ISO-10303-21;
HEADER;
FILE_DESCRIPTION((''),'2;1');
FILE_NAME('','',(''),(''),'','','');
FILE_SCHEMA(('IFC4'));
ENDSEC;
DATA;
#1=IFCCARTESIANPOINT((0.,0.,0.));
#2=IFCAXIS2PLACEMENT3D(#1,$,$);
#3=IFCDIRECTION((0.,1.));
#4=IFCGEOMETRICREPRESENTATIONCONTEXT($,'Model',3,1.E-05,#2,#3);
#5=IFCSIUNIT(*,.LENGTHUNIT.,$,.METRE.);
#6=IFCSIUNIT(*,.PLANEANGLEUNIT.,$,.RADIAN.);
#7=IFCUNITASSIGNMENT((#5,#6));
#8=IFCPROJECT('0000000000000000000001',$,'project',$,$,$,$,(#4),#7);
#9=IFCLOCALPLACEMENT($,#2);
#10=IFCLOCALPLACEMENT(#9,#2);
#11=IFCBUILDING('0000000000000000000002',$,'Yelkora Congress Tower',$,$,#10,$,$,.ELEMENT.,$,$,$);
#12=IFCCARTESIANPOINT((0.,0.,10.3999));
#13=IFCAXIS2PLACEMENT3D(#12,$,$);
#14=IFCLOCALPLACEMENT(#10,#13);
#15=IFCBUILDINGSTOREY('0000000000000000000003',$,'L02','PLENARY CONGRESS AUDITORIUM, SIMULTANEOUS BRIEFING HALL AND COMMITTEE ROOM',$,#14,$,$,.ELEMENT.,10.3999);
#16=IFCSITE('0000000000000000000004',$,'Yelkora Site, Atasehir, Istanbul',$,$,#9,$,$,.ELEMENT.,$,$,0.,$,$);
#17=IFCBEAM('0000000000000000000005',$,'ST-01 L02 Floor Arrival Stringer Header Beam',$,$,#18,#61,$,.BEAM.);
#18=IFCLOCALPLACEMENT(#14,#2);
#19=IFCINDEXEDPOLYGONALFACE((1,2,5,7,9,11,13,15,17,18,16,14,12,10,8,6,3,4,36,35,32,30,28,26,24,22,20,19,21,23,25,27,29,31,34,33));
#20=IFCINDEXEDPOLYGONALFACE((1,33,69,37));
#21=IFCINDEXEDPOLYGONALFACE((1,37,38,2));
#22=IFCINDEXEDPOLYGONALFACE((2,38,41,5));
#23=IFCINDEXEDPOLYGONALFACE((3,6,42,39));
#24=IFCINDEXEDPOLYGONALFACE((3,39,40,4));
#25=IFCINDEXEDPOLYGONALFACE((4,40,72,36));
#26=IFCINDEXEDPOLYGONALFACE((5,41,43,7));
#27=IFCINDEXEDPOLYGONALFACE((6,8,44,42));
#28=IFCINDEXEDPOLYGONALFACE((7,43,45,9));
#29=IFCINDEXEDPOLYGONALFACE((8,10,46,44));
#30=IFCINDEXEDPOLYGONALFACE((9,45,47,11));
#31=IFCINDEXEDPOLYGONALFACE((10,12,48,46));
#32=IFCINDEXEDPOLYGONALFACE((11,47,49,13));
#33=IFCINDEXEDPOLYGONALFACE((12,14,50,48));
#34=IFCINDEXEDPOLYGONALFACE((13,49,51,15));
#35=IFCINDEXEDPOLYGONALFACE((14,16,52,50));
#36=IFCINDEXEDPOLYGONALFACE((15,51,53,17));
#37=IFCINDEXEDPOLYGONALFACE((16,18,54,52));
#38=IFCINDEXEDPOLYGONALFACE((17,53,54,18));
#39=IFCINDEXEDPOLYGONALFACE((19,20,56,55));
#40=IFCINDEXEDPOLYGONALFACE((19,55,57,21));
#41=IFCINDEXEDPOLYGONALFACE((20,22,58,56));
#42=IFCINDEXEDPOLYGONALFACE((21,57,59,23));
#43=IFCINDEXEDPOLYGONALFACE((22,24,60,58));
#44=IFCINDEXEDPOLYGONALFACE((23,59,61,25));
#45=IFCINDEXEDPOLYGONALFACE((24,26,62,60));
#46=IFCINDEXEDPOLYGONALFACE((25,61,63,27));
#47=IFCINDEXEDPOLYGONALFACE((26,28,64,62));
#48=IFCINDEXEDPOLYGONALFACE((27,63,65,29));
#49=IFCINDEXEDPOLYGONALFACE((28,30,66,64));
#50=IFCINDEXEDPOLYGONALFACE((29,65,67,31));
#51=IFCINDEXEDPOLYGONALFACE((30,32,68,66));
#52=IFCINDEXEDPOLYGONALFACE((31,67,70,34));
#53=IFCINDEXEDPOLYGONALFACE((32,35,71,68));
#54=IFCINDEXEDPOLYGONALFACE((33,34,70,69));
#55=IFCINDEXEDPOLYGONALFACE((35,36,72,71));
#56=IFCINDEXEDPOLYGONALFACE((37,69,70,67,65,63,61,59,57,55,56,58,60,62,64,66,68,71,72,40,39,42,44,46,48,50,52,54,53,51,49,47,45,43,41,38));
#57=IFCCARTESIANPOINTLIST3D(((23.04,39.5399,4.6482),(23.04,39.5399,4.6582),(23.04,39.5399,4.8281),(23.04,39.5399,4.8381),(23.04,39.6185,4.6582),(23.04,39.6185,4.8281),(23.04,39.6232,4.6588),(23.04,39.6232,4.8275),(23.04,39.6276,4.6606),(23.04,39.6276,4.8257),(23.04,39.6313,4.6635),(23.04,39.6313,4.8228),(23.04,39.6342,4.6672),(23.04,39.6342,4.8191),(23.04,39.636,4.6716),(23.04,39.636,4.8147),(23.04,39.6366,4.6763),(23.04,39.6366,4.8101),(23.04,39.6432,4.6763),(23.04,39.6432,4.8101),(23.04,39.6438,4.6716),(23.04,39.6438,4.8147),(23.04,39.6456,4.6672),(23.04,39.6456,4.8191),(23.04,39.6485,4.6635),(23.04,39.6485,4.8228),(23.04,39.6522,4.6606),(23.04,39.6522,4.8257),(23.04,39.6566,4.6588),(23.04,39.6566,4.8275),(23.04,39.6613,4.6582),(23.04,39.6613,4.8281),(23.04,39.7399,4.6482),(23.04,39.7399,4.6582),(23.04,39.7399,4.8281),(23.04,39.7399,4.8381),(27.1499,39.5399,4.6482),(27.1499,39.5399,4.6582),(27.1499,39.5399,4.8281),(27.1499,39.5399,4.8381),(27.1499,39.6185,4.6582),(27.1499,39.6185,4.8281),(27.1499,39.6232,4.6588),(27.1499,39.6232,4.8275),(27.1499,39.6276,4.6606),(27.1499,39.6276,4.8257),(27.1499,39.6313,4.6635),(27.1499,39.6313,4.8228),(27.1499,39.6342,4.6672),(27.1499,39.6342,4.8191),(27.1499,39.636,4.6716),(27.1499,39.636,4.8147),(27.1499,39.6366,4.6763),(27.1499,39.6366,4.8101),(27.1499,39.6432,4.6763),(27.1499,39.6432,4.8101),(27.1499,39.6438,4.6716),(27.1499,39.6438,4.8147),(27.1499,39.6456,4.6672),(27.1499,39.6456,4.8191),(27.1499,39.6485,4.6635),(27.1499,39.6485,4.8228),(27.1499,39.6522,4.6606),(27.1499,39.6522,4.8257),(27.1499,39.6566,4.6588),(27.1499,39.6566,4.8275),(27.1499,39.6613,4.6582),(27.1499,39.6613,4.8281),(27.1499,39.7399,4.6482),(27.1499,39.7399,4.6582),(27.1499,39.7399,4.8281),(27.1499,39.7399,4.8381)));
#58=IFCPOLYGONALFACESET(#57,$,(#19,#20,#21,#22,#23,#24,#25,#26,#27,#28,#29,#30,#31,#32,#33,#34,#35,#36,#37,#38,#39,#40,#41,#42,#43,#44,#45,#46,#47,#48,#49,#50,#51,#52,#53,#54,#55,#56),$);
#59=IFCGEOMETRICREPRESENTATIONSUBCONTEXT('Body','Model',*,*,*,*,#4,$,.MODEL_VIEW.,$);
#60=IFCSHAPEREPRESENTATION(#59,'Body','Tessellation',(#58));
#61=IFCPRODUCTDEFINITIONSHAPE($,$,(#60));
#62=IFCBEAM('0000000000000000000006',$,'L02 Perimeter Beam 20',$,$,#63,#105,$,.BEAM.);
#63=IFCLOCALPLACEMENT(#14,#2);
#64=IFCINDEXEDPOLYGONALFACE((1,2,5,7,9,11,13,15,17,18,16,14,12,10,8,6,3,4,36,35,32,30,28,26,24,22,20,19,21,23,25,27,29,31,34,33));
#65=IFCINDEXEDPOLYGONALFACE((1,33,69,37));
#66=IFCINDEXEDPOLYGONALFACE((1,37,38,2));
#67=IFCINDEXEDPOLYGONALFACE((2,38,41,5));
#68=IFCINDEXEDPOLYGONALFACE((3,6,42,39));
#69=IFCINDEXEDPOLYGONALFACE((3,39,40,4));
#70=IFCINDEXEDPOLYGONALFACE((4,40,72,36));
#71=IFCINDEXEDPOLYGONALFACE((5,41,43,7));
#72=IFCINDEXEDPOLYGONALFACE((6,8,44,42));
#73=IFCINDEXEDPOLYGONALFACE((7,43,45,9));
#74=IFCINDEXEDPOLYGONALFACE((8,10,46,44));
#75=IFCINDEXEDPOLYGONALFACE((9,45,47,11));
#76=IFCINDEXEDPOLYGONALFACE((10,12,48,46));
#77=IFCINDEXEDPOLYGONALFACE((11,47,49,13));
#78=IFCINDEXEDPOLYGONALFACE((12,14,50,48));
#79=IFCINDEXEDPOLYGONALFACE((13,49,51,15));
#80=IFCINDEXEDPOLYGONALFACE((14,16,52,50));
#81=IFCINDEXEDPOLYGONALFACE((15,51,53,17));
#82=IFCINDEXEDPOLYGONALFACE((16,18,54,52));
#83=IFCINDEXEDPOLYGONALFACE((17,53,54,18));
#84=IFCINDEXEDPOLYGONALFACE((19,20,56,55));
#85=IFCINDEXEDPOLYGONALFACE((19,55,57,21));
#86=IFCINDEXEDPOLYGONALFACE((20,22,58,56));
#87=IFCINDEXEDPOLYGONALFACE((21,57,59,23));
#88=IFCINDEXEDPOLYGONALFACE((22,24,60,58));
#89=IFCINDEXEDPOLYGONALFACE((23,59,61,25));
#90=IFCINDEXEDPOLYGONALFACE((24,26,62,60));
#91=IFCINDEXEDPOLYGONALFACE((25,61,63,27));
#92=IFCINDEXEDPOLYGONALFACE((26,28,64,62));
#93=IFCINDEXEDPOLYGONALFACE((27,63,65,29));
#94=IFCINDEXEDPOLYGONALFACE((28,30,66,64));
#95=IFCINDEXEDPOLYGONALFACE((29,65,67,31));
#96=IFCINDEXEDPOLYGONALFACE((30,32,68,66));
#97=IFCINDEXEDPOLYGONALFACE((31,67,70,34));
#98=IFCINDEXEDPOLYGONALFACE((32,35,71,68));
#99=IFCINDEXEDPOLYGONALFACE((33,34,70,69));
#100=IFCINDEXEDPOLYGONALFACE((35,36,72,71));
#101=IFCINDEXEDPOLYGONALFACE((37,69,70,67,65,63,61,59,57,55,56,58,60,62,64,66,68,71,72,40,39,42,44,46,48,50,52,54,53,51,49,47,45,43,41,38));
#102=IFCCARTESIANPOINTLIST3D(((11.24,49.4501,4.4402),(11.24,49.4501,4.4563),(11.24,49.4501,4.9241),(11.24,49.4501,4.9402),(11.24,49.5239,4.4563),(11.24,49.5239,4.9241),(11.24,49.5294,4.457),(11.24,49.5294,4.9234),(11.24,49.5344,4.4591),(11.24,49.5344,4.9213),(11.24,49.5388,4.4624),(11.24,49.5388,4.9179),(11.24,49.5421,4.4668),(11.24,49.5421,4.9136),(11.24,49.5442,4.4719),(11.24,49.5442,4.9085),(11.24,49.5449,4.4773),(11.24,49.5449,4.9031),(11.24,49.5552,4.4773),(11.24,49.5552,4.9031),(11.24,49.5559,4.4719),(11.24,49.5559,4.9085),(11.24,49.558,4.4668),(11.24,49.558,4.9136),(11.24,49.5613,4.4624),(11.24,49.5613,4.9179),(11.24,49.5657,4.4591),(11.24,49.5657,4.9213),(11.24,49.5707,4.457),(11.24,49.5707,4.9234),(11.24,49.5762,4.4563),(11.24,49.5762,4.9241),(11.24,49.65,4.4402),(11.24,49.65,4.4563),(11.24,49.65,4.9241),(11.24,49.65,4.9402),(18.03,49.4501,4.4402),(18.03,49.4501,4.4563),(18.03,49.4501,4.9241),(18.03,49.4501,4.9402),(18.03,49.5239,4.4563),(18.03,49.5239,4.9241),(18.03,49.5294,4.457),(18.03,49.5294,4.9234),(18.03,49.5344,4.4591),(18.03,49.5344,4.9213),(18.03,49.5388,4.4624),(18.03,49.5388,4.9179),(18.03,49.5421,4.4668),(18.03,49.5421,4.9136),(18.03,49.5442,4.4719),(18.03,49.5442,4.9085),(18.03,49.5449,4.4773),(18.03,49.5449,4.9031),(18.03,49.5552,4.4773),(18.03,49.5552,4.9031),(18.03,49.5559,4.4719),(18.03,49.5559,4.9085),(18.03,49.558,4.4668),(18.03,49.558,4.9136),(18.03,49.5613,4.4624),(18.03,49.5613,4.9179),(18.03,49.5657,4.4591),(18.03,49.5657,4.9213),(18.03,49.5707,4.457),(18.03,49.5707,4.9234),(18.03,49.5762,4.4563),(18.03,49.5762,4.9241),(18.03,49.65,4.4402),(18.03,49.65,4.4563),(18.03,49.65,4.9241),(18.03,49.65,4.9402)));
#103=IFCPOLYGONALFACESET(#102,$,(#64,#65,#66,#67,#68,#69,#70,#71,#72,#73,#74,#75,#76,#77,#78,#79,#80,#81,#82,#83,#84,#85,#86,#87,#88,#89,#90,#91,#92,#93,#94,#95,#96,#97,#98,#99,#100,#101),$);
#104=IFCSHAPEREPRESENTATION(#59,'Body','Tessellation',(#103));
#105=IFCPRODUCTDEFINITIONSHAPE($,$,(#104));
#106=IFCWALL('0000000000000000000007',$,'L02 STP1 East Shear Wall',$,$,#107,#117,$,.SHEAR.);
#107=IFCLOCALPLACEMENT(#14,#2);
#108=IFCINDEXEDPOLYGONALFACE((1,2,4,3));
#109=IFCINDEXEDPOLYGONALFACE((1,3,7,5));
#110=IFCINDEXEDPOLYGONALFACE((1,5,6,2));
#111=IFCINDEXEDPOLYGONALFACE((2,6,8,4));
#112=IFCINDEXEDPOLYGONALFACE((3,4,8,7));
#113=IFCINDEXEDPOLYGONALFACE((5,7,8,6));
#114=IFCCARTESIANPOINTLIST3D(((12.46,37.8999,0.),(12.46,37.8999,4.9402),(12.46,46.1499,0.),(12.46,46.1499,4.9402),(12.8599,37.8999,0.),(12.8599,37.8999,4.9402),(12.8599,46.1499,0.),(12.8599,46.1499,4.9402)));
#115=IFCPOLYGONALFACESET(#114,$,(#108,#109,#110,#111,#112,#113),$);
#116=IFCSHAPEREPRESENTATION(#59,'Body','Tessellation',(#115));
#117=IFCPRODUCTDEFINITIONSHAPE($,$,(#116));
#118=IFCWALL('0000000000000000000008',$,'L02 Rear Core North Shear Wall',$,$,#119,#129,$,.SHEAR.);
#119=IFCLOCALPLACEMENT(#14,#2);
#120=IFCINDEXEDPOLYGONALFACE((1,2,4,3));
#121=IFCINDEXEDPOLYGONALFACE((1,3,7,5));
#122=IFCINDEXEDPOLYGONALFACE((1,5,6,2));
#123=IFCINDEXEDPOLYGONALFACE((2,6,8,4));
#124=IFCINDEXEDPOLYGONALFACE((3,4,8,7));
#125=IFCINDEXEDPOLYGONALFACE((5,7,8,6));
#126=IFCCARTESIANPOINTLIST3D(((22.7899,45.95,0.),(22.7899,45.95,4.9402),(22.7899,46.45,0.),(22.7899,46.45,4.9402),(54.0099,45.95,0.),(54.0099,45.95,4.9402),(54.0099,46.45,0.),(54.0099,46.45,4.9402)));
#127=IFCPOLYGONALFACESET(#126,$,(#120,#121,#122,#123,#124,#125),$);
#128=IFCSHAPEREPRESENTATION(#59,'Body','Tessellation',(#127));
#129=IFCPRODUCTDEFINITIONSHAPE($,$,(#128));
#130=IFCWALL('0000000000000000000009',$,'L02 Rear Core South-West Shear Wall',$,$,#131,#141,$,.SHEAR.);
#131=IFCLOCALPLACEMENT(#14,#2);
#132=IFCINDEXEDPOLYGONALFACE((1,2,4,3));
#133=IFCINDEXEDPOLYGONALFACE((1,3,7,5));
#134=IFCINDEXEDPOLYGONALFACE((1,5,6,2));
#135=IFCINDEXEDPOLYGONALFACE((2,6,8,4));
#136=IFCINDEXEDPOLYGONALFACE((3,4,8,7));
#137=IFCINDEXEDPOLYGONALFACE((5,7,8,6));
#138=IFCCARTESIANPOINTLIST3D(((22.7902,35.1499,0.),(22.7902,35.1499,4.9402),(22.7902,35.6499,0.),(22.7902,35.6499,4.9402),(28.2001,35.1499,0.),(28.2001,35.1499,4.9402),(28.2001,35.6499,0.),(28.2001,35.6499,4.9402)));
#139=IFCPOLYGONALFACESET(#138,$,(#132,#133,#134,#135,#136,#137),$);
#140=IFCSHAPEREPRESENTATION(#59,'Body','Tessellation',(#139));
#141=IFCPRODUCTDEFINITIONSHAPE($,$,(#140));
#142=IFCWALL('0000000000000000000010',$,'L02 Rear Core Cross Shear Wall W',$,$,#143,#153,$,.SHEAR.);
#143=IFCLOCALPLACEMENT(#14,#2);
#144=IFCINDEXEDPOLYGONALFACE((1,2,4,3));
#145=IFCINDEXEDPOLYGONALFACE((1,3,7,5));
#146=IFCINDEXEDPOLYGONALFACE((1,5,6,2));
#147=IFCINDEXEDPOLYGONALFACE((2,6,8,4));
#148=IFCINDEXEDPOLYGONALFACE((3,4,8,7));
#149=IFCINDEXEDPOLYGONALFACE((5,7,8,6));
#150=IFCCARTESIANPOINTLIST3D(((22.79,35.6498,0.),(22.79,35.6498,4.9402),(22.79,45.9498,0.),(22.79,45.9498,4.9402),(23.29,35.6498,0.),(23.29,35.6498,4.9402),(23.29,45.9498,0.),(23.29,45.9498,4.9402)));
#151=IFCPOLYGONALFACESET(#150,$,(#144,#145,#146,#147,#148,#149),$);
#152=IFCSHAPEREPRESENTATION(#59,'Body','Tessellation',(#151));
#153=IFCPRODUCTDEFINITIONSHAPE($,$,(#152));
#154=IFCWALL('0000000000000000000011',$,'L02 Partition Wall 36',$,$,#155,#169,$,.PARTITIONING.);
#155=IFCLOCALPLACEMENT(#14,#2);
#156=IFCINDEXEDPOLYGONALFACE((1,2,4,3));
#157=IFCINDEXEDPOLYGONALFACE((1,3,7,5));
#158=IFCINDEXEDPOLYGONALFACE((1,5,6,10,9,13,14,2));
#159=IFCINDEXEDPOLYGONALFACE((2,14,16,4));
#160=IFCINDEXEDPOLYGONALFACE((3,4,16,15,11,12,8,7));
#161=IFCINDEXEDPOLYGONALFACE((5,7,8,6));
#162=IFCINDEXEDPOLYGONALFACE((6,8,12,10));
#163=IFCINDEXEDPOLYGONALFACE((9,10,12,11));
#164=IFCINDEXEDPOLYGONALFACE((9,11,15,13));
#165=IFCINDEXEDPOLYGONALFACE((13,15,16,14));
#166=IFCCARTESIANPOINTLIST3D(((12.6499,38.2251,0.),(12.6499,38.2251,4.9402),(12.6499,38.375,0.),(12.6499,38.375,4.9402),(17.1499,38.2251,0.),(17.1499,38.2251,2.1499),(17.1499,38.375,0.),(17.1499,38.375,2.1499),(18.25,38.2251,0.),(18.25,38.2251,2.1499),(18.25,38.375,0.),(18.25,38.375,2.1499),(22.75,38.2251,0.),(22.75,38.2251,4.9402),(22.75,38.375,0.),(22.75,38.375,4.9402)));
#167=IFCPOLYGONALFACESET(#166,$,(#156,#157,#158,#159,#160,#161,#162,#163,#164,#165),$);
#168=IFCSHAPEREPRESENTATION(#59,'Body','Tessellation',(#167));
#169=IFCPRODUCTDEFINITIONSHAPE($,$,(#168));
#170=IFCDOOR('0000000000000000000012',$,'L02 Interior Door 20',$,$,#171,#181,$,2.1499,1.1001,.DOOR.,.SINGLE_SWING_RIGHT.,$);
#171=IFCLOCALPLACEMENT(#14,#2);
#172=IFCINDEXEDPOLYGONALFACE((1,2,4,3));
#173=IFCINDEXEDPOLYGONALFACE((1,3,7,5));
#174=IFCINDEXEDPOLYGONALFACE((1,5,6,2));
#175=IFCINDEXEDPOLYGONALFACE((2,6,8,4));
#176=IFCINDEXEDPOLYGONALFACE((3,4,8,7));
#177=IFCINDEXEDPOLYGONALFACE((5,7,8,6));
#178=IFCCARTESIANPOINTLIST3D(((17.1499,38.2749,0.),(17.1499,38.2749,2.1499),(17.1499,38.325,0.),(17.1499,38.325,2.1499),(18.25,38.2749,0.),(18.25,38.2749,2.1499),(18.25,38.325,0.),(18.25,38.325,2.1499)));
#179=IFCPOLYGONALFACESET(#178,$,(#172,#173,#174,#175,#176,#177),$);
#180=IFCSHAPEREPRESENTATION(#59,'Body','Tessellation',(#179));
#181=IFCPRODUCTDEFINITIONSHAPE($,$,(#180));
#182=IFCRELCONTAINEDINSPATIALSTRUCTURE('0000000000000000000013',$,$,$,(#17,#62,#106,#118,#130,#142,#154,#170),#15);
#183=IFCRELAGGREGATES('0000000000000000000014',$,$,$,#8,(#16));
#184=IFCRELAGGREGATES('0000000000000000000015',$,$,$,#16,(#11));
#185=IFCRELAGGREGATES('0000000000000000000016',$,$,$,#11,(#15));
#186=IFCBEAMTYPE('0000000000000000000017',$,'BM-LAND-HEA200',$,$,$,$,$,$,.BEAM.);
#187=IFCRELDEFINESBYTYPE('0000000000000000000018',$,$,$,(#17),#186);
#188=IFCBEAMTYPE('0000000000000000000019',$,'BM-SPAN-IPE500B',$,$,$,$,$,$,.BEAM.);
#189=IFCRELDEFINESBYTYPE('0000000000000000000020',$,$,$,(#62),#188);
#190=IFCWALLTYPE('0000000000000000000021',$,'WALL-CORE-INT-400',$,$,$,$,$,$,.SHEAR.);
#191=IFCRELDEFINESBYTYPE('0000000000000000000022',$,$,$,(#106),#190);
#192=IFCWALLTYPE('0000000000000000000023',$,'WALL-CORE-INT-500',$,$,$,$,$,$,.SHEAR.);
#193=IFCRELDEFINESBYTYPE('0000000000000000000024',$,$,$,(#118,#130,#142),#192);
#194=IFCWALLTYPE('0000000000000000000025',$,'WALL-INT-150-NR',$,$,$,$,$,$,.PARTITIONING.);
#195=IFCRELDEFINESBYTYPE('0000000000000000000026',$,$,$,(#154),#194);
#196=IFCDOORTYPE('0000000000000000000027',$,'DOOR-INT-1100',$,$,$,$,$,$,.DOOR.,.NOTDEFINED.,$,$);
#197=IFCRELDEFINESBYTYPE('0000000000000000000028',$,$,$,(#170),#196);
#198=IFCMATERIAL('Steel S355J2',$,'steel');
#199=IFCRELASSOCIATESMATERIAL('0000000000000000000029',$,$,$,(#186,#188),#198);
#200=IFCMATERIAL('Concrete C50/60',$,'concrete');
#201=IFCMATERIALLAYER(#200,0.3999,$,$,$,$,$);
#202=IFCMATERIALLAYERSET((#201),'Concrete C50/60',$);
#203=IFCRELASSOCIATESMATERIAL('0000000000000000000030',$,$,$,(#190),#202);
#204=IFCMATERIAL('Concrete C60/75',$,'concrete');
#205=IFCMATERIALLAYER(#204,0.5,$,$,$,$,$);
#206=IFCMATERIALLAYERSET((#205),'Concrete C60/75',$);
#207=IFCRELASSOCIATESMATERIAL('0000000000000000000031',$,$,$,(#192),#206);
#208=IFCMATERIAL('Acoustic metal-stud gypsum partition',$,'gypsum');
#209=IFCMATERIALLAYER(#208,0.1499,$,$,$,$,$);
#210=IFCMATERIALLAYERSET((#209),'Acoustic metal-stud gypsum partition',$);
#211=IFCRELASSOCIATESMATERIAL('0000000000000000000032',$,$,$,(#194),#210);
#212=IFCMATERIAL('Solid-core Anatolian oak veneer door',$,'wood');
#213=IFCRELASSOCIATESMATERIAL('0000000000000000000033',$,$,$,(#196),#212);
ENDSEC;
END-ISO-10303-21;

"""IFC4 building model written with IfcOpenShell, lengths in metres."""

from ifc_helpers import new_model, si_unit, direction, frame, frame_2d, origin, origin_2d, place, context, subcontext, project, spatial, rectangle, i_section, extrude, material, layer, layer_set, material_profile, profile_set, type_object, element, fill, save


model = new_model("IFC4")

# Units and contexts
model_context = context("Model", 3, precision=1e-05, world=origin(), true_north=direction((0.0, 1.0)))
body_context = subcontext(model_context, "Body", "Model", "MODEL_VIEW")
ifc_project = project(units=[si_unit("LENGTHUNIT", "METRE"), si_unit("PLANEANGLEUNIT", "RADIAN")], contexts=[model_context])

# Site, building, storey
site_placement = place(None, origin())
site = spatial("IfcSite", under=ifc_project, at=site_placement, Name="Yelkora Site, Atasehir, Istanbul", CompositionType="ELEMENT", RefElevation=0.0)
building_placement = place(site_placement, origin())
building = spatial("IfcBuilding", under=site, at=building_placement, Name="Yelkora Congress Tower", CompositionType="ELEMENT")
storey_placement = place(building_placement, frame((0.0, 0.0, 10.3999)))
storey = spatial("IfcBuildingStorey", under=building, at=storey_placement, Name="L02", Description="PLENARY CONGRESS AUDITORIUM, SIMULTANEOUS BRIEFING HALL AND COMMITTEE ROOM", CompositionType="ELEMENT", Elevation=10.3999)

# Shared definitions
ifc_material_1 = material(Name="Concrete C60/75", Category="concrete")
ifc_material_2 = material(Name="Concrete C50/60", Category="concrete")

# Beams
ifc_material_3 = material(Name="Steel S355J2", Category="steel")
ifc_material_profile_1 = material_profile(ifc_material_3, i_section(OverallWidth=0.2, OverallDepth=0.1899, WebThickness=0.0066, FlangeThickness=0.01, FilletRadius=0.0181, at=origin_2d()), Name="HEA 200")
ifc_profile_set_1 = profile_set([ifc_material_profile_1], Name="Steel S355J2")
beam_type_1 = type_object("IfcBeamType", Name="BM-LAND-HEA200", PredefinedType="BEAM", material=ifc_profile_set_1)
beam_1_placement = place(storey_placement, frame((23.04, 39.6399, 4.7432), z_axis=(1.0, 0.0, 0.0), x_axis=(0.0, 1.0, 0.0)))
element("IfcBeam", 1, at=beam_1_placement, inside=storey, type_object=beam_type_1, Name="ST-01 L02 Floor Arrival Stringer Header Beam", PredefinedType="BEAM", context=body_context, shape_type="SweptSolid", body=[
    extrude(i_section(OverallWidth=0.2, OverallDepth=0.1899, WebThickness=0.0066, FlangeThickness=0.01, FilletRadius=0.0181, at=origin_2d()), origin(), (0.0, 0.0, 1.0), 4.1099),
])
ifc_material_profile_2 = material_profile(ifc_material_3, i_section(OverallWidth=0.2, OverallDepth=0.5, WebThickness=0.0103, FlangeThickness=0.0161, FilletRadius=0.021, at=origin_2d()), Name="IPE 500")
ifc_profile_set_2 = profile_set([ifc_material_profile_2], Name="Steel S355J2")
beam_type_2 = type_object("IfcBeamType", Name="BM-SPAN-IPE500B", PredefinedType="BEAM", material=ifc_profile_set_2)
beam_2_placement = place(storey_placement, frame((18.03, 49.55, 4.6902), z_axis=(-1.0, 0.0, 0.0), x_axis=(0.0, -1.0, 0.0)))
element("IfcBeam", 2, at=beam_2_placement, inside=storey, type_object=beam_type_2, Name="L02 Perimeter Beam 20", PredefinedType="BEAM", context=body_context, shape_type="SweptSolid", body=[
    extrude(i_section(OverallWidth=0.2, OverallDepth=0.5, WebThickness=0.0103, FlangeThickness=0.0161, FilletRadius=0.021, at=origin_2d()), origin(), (0.0, 0.0, 1.0), 6.79),
])

# Walls
ifc_layer_1 = layer(ifc_material_2, 0.3999)
ifc_layer_set_1 = layer_set([ifc_layer_1], Name="Concrete C50/60")
wall_type_1 = type_object("IfcWallType", Name="WALL-CORE-INT-400", PredefinedType="SHEAR", material=ifc_layer_set_1)
wall_1_placement = place(storey_placement, frame((12.6599, 37.8999, 0.0), z_axis=(0.0, 0.0, 1.0), x_axis=(0.0, 1.0, 0.0)))
element("IfcWall", 3, at=wall_1_placement, inside=storey, type_object=wall_type_1, Name="L02 STP1 East Shear Wall", PredefinedType="SHEAR", context=body_context, shape_type="SweptSolid", body=[
    extrude(rectangle(XDim=8.25, YDim=0.3999, at=frame_2d((4.125, 0.0))), origin(), (0.0, 0.0, 1.0), 4.9402),
])
ifc_layer_2 = layer(ifc_material_1, 0.5)
ifc_layer_set_2 = layer_set([ifc_layer_2], Name="Concrete C60/75")
wall_type_2 = type_object("IfcWallType", Name="WALL-CORE-INT-500", PredefinedType="SHEAR", material=ifc_layer_set_2)
wall_2_placement = place(storey_placement, frame((22.79, 46.2, 0.0), z_axis=(0.0, 0.0, 1.0), x_axis=(1.0, 0.0, 0.0)))
element("IfcWall", 4, at=wall_2_placement, inside=storey, type_object=wall_type_2, Name="L02 Rear Core North Shear Wall", PredefinedType="SHEAR", context=body_context, shape_type="SweptSolid", body=[
    extrude(rectangle(XDim=31.22, YDim=0.5, at=frame_2d((15.6099, 0.0))), origin(), (0.0, 0.0, 1.0), 4.9402),
])
wall_3_placement = place(storey_placement, frame((22.79, 35.3999, 0.0), z_axis=(0.0, 0.0, 1.0), x_axis=(1.0, 0.0, 0.0)))
element("IfcWall", 5, at=wall_3_placement, inside=storey, type_object=wall_type_2, Name="L02 Rear Core South-West Shear Wall", PredefinedType="SHEAR", context=body_context, shape_type="SweptSolid", body=[
    extrude(rectangle(XDim=5.4099, YDim=0.5, at=frame_2d((2.7051, 0.0))), origin(), (0.0, 0.0, 1.0), 4.9402),
])
wall_4_placement = place(storey_placement, frame((23.04, 35.6499, 0.0), z_axis=(0.0, 0.0, 1.0), x_axis=(0.0, 1.0, 0.0)))
element("IfcWall", 6, at=wall_4_placement, inside=storey, type_object=wall_type_2, Name="L02 Rear Core Cross Shear Wall W", PredefinedType="SHEAR", context=body_context, shape_type="SweptSolid", body=[
    extrude(rectangle(XDim=10.3, YDim=0.5, at=frame_2d((5.1499, 0.0))), origin(), (0.0, 0.0, 1.0), 4.9402),
])

# Wall, opening, door
ifc_material_4 = material(Name="Acoustic metal-stud gypsum partition", Category="gypsum")
ifc_layer_3 = layer(ifc_material_4, 0.1499)
ifc_layer_set_3 = layer_set([ifc_layer_3], Name="Acoustic metal-stud gypsum partition")
wall_type_3 = type_object("IfcWallType", Name="WALL-INT-150-NR", PredefinedType="PARTITIONING", material=ifc_layer_set_3)
wall_5_placement = place(storey_placement, frame((12.6499, 38.3, 0.0), z_axis=(0.0, 0.0, 1.0), x_axis=(1.0, 0.0, 0.0)))
wall_5 = element("IfcWall", 7, at=wall_5_placement, inside=storey, type_object=wall_type_3, Name="L02 Partition Wall 36", PredefinedType="PARTITIONING", context=body_context, shape_type="SweptSolid", body=[
    extrude(rectangle(XDim=10.1001, YDim=0.1499, at=frame_2d((5.05, 0.0))), origin(), (0.0, 0.0, 1.0), 4.9402),
])
opening_placement = place(wall_5_placement, frame((4.5, 0.0, 0.0)))
opening = element("IfcOpeningElement", 8, at=opening_placement, cuts=wall_5, PredefinedType="OPENING", context=body_context, shape_type="SweptSolid", body=[
    extrude(rectangle(XDim=1.1001, YDim=2.1499, at=frame_2d((0.55, 1.075))), frame((0.0, 0.085, 0.0), z_axis=(0.0, -1.0, 0.0), x_axis=(1.0, 0.0, 0.0)), (0.0, 0.0, 1.0), 0.1699),
])
ifc_material_5 = material(Name="Solid-core Anatolian oak veneer door", Category="wood")
door_type = type_object("IfcDoorType", Name="DOOR-INT-1100", OperationType="NOTDEFINED", PredefinedType="DOOR", material=ifc_material_5)
door_placement = place(opening_placement, origin())
door = element("IfcDoor", 9, at=door_placement, inside=storey, type_object=door_type, Name="L02 Interior Door 20", OperationType="SINGLE_SWING_RIGHT", OverallHeight=2.1499, OverallWidth=1.1001, PredefinedType="DOOR", context=body_context, shape_type="SweptSolid", body=[
    extrude(rectangle(XDim=1.1001, YDim=2.1499, at=frame_2d((0.55, 1.075))), frame((0.0, 0.0249, 0.0), z_axis=(0.0, -1.0, 0.0), x_axis=(1.0, 0.0, 0.0)), (0.0, 0.0, 1.0), 0.05),
])
fill(opening, door)

save(model, "model.ifc")
